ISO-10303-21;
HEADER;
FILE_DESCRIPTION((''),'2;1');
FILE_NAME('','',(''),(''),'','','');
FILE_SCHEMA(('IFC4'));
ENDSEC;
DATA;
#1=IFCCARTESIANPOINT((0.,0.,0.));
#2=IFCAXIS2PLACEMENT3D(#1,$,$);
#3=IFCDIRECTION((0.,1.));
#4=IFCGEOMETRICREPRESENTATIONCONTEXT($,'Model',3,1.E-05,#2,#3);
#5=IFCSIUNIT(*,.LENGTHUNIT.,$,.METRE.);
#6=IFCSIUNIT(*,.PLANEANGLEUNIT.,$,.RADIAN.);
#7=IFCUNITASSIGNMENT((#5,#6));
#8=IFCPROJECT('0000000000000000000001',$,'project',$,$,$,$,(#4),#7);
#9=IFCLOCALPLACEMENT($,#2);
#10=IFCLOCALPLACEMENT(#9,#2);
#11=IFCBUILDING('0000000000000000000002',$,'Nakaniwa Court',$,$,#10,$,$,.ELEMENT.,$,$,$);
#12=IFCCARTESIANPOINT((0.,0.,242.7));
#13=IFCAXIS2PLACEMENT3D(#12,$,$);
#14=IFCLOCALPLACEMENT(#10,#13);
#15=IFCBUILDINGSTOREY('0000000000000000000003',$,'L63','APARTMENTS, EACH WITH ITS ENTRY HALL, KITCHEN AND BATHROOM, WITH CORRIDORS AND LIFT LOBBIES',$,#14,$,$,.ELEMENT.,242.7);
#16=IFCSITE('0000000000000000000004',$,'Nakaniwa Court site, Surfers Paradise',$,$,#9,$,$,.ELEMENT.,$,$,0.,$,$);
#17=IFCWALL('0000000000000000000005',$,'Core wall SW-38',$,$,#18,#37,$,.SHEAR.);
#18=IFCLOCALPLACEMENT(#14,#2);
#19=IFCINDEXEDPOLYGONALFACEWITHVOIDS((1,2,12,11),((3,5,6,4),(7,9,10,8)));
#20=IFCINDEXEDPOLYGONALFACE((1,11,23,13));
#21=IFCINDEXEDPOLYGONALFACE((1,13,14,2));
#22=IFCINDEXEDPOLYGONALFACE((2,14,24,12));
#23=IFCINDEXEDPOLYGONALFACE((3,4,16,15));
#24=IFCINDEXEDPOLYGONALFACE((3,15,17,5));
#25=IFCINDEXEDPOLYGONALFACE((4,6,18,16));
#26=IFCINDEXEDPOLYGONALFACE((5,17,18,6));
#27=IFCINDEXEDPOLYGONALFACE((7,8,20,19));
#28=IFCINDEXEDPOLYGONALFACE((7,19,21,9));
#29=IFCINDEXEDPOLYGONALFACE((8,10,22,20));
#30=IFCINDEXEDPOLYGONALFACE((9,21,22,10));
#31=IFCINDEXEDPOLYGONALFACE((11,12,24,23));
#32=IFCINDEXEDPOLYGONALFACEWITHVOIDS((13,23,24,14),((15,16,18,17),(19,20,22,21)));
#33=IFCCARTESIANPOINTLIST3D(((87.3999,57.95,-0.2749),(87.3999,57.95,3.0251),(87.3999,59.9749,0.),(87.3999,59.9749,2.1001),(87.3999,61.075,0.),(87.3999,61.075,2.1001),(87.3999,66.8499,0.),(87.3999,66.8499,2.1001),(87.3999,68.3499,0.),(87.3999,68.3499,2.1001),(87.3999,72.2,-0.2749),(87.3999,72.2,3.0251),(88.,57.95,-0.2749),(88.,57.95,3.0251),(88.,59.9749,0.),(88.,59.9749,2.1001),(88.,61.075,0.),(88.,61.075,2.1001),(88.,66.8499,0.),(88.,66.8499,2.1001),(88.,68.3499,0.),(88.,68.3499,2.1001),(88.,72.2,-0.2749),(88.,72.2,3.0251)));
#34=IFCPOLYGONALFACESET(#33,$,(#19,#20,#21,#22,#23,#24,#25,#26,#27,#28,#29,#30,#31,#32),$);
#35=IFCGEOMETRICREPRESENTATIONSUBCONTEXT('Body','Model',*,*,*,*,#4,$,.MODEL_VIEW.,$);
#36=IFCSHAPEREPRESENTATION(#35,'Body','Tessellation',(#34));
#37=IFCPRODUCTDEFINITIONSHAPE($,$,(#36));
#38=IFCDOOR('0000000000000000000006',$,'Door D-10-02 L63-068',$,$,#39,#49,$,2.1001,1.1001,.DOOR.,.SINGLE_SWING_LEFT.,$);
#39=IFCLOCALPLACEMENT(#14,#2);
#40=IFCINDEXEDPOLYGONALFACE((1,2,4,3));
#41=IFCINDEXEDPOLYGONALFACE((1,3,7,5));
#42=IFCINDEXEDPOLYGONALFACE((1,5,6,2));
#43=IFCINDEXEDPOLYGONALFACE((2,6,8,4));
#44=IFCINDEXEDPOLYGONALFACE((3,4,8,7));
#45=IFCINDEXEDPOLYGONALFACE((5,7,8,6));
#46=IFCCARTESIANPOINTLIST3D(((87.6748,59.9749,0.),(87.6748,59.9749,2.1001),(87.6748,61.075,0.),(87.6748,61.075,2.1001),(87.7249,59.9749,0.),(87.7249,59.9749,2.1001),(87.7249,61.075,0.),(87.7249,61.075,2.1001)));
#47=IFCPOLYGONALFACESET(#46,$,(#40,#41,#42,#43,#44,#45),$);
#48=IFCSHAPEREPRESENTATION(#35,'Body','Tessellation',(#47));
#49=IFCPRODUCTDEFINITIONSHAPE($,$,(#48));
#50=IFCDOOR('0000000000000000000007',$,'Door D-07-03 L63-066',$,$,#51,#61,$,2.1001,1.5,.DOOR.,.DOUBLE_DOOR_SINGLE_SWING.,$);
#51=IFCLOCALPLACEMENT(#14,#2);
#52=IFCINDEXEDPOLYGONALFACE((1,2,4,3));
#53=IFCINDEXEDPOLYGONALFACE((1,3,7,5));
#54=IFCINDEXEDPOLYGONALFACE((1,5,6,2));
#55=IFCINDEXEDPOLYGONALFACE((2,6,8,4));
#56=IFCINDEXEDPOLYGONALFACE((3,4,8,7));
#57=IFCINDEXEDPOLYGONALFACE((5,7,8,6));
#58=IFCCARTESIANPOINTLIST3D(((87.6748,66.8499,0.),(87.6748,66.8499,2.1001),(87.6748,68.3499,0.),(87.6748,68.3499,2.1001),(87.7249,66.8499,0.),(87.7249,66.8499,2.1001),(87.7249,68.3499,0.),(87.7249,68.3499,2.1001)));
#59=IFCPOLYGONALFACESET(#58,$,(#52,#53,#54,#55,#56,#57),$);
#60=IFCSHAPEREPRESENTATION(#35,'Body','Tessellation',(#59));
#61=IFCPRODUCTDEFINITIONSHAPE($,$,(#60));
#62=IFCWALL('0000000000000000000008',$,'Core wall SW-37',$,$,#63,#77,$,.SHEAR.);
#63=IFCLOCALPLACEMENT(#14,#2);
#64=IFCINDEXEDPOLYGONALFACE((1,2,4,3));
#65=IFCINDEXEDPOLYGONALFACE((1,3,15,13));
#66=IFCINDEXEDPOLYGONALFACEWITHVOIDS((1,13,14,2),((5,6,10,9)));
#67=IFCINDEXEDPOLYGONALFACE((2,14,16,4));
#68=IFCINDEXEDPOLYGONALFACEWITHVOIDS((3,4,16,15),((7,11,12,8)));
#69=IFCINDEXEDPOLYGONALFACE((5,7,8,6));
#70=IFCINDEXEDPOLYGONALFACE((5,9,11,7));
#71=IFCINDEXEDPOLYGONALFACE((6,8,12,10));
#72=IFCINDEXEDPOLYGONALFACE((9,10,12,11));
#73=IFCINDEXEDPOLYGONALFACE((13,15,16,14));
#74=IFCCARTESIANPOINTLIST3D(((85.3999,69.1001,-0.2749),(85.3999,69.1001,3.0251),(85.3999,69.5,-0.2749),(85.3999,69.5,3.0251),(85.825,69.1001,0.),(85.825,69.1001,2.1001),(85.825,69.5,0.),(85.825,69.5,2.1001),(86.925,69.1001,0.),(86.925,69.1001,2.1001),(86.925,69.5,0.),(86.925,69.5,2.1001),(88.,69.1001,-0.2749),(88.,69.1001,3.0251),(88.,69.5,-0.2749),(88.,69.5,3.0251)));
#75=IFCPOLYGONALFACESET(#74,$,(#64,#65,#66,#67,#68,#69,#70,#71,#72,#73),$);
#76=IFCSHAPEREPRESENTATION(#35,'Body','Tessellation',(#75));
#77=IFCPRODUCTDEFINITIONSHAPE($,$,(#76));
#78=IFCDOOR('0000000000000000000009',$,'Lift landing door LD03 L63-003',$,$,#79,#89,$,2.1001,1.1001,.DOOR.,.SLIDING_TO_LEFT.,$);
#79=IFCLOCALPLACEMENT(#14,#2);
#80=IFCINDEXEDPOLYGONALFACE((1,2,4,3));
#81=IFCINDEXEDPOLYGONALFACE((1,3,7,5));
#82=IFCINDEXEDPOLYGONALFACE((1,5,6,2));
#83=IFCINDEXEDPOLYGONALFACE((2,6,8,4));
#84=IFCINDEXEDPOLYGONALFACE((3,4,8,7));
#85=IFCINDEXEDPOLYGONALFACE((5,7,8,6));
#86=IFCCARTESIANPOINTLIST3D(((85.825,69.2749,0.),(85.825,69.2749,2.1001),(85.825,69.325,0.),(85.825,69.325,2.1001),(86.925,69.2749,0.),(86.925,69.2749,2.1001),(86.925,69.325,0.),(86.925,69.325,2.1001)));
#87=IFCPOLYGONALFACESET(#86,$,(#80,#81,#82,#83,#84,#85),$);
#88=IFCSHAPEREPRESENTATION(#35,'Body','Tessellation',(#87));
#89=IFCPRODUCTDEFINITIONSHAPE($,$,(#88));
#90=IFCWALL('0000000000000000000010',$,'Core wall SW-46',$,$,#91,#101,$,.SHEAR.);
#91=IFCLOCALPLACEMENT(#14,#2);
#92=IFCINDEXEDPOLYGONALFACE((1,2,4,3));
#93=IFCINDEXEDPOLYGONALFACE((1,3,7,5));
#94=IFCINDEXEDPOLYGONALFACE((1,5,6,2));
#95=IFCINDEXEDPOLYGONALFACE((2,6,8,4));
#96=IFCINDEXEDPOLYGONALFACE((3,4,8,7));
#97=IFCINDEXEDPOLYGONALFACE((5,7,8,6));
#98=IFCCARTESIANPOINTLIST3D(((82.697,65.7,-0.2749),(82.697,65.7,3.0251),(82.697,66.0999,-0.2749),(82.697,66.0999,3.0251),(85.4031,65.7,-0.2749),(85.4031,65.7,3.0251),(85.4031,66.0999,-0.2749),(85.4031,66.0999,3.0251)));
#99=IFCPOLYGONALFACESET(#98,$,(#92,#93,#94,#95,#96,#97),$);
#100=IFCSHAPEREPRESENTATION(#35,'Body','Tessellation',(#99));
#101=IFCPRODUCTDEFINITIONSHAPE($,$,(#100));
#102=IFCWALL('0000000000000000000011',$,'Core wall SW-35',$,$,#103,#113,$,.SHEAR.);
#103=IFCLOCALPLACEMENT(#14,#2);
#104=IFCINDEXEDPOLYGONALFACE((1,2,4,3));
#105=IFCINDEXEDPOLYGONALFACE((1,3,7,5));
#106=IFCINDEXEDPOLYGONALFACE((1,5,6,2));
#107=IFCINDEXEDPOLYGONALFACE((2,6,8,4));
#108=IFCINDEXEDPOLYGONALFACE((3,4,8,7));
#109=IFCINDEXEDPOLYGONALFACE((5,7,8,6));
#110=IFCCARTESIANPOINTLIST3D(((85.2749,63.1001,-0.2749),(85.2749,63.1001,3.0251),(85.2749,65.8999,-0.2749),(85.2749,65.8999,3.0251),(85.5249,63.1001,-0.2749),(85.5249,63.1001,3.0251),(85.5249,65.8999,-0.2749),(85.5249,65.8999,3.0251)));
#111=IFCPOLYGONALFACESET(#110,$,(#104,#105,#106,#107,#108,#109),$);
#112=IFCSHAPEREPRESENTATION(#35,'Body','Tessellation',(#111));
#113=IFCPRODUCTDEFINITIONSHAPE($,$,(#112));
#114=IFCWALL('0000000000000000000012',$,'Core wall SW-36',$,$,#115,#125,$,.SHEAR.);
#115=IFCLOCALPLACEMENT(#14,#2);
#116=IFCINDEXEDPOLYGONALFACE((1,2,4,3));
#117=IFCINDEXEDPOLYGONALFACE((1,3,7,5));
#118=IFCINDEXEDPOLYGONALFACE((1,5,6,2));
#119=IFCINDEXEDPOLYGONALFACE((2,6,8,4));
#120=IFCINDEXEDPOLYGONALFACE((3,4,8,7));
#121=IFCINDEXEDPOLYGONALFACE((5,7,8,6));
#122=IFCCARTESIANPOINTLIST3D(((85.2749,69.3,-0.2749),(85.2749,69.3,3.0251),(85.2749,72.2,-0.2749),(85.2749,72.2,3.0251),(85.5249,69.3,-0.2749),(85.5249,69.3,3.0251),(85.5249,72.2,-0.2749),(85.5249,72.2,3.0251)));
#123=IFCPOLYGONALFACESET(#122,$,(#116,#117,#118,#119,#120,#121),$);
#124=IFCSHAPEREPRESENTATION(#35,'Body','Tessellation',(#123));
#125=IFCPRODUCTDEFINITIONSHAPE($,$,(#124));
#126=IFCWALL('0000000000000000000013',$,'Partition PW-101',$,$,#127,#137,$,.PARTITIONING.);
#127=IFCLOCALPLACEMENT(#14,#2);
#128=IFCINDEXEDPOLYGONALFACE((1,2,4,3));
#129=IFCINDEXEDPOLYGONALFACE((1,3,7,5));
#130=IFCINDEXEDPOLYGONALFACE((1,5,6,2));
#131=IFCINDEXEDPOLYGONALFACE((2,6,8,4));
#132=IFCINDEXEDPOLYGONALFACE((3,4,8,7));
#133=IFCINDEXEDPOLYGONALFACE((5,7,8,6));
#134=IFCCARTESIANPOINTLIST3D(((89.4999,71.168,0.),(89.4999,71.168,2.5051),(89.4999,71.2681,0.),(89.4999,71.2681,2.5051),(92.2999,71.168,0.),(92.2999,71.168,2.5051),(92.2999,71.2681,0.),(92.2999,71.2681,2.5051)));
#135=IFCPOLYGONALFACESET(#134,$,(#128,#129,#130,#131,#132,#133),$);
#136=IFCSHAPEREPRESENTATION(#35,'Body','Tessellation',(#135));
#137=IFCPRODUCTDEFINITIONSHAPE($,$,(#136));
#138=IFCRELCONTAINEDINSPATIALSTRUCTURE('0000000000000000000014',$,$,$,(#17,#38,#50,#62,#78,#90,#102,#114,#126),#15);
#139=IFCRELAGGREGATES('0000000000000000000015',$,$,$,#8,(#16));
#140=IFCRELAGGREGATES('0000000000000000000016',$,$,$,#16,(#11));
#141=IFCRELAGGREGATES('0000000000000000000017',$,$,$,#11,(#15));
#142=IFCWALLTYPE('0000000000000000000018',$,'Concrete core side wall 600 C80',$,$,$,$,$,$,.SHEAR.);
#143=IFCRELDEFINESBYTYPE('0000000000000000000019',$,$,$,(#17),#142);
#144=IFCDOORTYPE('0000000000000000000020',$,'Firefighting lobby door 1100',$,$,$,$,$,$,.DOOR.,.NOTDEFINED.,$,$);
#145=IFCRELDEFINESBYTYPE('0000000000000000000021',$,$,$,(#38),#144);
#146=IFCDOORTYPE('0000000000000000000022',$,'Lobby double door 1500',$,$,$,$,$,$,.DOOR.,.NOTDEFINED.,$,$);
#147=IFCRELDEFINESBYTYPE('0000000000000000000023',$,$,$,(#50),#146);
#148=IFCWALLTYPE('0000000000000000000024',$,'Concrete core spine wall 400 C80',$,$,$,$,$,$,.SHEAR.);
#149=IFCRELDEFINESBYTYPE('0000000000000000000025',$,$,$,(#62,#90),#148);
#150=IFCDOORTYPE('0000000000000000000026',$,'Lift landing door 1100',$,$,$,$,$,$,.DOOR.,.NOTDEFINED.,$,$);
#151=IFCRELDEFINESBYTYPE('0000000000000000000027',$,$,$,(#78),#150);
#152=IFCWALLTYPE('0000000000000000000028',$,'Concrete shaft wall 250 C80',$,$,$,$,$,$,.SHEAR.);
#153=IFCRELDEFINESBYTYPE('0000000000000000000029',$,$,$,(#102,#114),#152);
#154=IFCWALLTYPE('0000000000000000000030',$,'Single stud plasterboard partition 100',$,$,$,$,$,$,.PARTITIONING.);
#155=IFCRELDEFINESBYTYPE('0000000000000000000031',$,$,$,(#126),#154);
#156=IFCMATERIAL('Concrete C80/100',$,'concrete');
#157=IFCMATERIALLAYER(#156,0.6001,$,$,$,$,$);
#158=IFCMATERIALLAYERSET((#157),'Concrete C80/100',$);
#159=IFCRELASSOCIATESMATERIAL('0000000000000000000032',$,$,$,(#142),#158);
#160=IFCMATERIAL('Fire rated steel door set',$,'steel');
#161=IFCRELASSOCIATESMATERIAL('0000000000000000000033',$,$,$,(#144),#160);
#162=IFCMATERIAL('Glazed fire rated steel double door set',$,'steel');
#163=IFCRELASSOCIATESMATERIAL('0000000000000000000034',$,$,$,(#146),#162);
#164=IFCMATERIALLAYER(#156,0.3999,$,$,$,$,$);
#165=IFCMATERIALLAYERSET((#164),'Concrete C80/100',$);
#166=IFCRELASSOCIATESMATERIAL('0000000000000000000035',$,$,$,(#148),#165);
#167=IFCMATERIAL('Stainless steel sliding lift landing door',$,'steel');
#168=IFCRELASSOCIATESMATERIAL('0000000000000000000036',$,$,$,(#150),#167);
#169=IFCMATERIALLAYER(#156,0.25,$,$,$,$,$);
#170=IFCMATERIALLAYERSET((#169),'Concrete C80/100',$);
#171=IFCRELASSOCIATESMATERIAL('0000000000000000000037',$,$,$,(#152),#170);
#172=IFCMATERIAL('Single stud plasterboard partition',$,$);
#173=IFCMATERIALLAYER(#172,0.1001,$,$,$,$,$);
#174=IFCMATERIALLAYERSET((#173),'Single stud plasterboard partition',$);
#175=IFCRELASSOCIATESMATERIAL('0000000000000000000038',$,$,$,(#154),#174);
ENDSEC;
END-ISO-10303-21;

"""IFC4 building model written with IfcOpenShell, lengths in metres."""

from ifc_helpers import new_model, si_unit, direction, frame, frame_2d, origin, place, context, subcontext, project, spatial, rectangle, extrude, material, layer, layer_set, type_object, element, fill, save


model = new_model("IFC4")

# Units and contexts
model_context = context("Model", 3, precision=1e-05, world=origin(), true_north=direction((0.0, 1.0)))
body_context = subcontext(model_context, "Body", "Model", "MODEL_VIEW")
ifc_project = project(units=[si_unit("LENGTHUNIT", "METRE"), si_unit("PLANEANGLEUNIT", "RADIAN")], contexts=[model_context])

# Site, building, storey
site_placement = place(None, origin())
site = spatial("IfcSite", under=ifc_project, at=site_placement, Name="Nakaniwa Court site, Surfers Paradise", CompositionType="ELEMENT", RefElevation=0.0)
building_placement = place(site_placement, origin())
building = spatial("IfcBuilding", under=site, at=building_placement, Name="Nakaniwa Court", CompositionType="ELEMENT")
storey_placement = place(building_placement, frame((0.0, 0.0, 242.7)))
storey = spatial("IfcBuildingStorey", under=building, at=storey_placement, Name="L63", Description="APARTMENTS, EACH WITH ITS ENTRY HALL, KITCHEN AND BATHROOM, WITH CORRIDORS AND LIFT LOBBIES", CompositionType="ELEMENT", Elevation=242.7)

# Shared definitions
ifc_material_1 = material(Name="Concrete C80/100", Category="concrete")

# Shared definitions
ifc_material_2 = material(Name="Fire rated steel door set", Category="steel")

# Wall, openings, doors
ifc_layer_1 = layer(ifc_material_1, 0.6001)
ifc_layer_set_1 = layer_set([ifc_layer_1], Name="Concrete C80/100")
wall_type_1 = type_object("IfcWallType", Name="Concrete core side wall 600 C80", PredefinedType="SHEAR", material=ifc_layer_set_1)
wall_1_placement = place(storey_placement, frame((87.7, 72.2, -0.2749), z_axis=(0.0, 0.0, 1.0), x_axis=(0.0, -1.0, 0.0)))
wall_1 = element("IfcWall", 1, at=wall_1_placement, inside=storey, type_object=wall_type_1, Name="Core wall SW-38", PredefinedType="SHEAR", context=body_context, shape_type="SweptSolid", body=[
    extrude(rectangle(XDim=14.25, YDim=0.6001, at=frame_2d((7.125, 0.0))), origin(), (0.0, 0.0, 1.0), 3.3),
])
opening_1_placement = place(wall_1_placement, frame((3.8501, 0.0, 0.2749)))
opening_1 = element("IfcOpeningElement", 2, at=opening_1_placement, cuts=wall_1, PredefinedType="OPENING", context=body_context, shape_type="SweptSolid", body=[
    extrude(rectangle(XDim=1.5, YDim=2.1001, at=frame_2d((0.75, 1.05))), frame((0.0, 0.3101, 0.0), z_axis=(0.0, -1.0, 0.0), x_axis=(1.0, 0.0, 0.0)), (0.0, 0.0, 1.0), 0.6201),
])
opening_2_placement = place(wall_1_placement, frame((11.125, 0.0, 0.2749)))
opening_2 = element("IfcOpeningElement", 3, at=opening_2_placement, cuts=wall_1, PredefinedType="OPENING", context=body_context, shape_type="SweptSolid", body=[
    extrude(rectangle(XDim=1.1001, YDim=2.1001, at=frame_2d((0.55, 1.05))), frame((0.0, 0.3101, 0.0), z_axis=(0.0, -1.0, 0.0), x_axis=(1.0, 0.0, 0.0)), (0.0, 0.0, 1.0), 0.6201),
])
door_type_1 = type_object("IfcDoorType", Name="Firefighting lobby door 1100", OperationType="NOTDEFINED", PredefinedType="DOOR", material=ifc_material_2)
door_1_placement = place(opening_2_placement, origin())
door_1 = element("IfcDoor", 4, at=door_1_placement, inside=storey, type_object=door_type_1, Name="Door D-10-02 L63-068", OperationType="SINGLE_SWING_LEFT", OverallHeight=2.1001, OverallWidth=1.1001, PredefinedType="DOOR", context=body_context, shape_type="SweptSolid", body=[
    extrude(rectangle(XDim=1.1001, YDim=2.1001, at=frame_2d((0.55, 1.05))), frame((0.0, 0.0249, 0.0), z_axis=(0.0, -1.0, 0.0), x_axis=(1.0, 0.0, 0.0)), (0.0, 0.0, 1.0), 0.05),
])
fill(opening_2, door_1)
ifc_material_3 = material(Name="Glazed fire rated steel double door set", Category="steel")
door_type_2 = type_object("IfcDoorType", Name="Lobby double door 1500", OperationType="NOTDEFINED", PredefinedType="DOOR", material=ifc_material_3)
door_2_placement = place(opening_1_placement, origin())
door_2 = element("IfcDoor", 5, at=door_2_placement, inside=storey, type_object=door_type_2, Name="Door D-07-03 L63-066", OperationType="DOUBLE_DOOR_SINGLE_SWING", OverallHeight=2.1001, OverallWidth=1.5, PredefinedType="DOOR", context=body_context, shape_type="SweptSolid", body=[
    extrude(rectangle(XDim=1.5, YDim=2.1001, at=frame_2d((0.75, 1.05))), frame((0.0, 0.0249, 0.0), z_axis=(0.0, -1.0, 0.0), x_axis=(1.0, 0.0, 0.0)), (0.0, 0.0, 1.0), 0.05),
])
fill(opening_1, door_2)

# Wall, opening, door
ifc_layer_2 = layer(ifc_material_1, 0.3999)
ifc_layer_set_2 = layer_set([ifc_layer_2], Name="Concrete C80/100")
wall_type_2 = type_object("IfcWallType", Name="Concrete core spine wall 400 C80", PredefinedType="SHEAR", material=ifc_layer_set_2)
wall_2_placement = place(storey_placement, frame((85.3999, 69.3, -0.2749), z_axis=(0.0, 0.0, 1.0), x_axis=(1.0, 0.0, 0.0)))
wall_2 = element("IfcWall", 6, at=wall_2_placement, inside=storey, type_object=wall_type_2, Name="Core wall SW-37", PredefinedType="SHEAR", context=body_context, shape_type="SweptSolid", body=[
    extrude(rectangle(XDim=2.6001, YDim=0.3999, at=frame_2d((1.3, 0.0))), origin(), (0.0, 0.0, 1.0), 3.3),
])
opening_3_placement = place(wall_2_placement, frame((0.425, 0.0, 0.2749)))
opening_3 = element("IfcOpeningElement", 7, at=opening_3_placement, cuts=wall_2, PredefinedType="OPENING", context=body_context, shape_type="SweptSolid", body=[
    extrude(rectangle(XDim=1.1001, YDim=2.1001, at=frame_2d((0.55, 1.05))), frame((0.0, 0.21, 0.0), z_axis=(0.0, -1.0, 0.0), x_axis=(1.0, 0.0, 0.0)), (0.0, 0.0, 1.0), 0.4199),
])
ifc_material_4 = material(Name="Stainless steel sliding lift landing door", Category="steel")
door_type_3 = type_object("IfcDoorType", Name="Lift landing door 1100", OperationType="NOTDEFINED", PredefinedType="DOOR", material=ifc_material_4)
door_3_placement = place(opening_3_placement, origin())
door_3 = element("IfcDoor", 8, at=door_3_placement, inside=storey, type_object=door_type_3, Name="Lift landing door LD03 L63-003", OperationType="SLIDING_TO_LEFT", OverallHeight=2.1001, OverallWidth=1.1001, PredefinedType="DOOR", context=body_context, shape_type="SweptSolid", body=[
    extrude(rectangle(XDim=1.1001, YDim=2.1001, at=frame_2d((0.55, 1.05))), frame((0.0, 0.0249, 0.0), z_axis=(0.0, -1.0, 0.0), x_axis=(1.0, 0.0, 0.0)), (0.0, 0.0, 1.0), 0.05),
])
fill(opening_3, door_3)

# Walls
wall_3_placement = place(storey_placement, frame((82.697, 65.8999, -0.2749), z_axis=(0.0, 0.0, 1.0), x_axis=(1.0, 0.0, 0.0)))
element("IfcWall", 9, at=wall_3_placement, inside=storey, type_object=wall_type_2, Name="Core wall SW-46", PredefinedType="SHEAR", context=body_context, shape_type="SweptSolid", body=[
    extrude(rectangle(XDim=2.7061, YDim=0.3999, at=frame_2d((1.353, 0.0))), origin(), (0.0, 0.0, 1.0), 3.3),
])
ifc_layer_3 = layer(ifc_material_1, 0.25)
ifc_layer_set_3 = layer_set([ifc_layer_3], Name="Concrete C80/100")
wall_type_3 = type_object("IfcWallType", Name="Concrete shaft wall 250 C80", PredefinedType="SHEAR", material=ifc_layer_set_3)
wall_4_placement = place(storey_placement, frame((85.3999, 63.1001, -0.2749), z_axis=(0.0, 0.0, 1.0), x_axis=(0.0, 1.0, 0.0)))
element("IfcWall", 10, at=wall_4_placement, inside=storey, type_object=wall_type_3, Name="Core wall SW-35", PredefinedType="SHEAR", context=body_context, shape_type="SweptSolid", body=[
    extrude(rectangle(XDim=2.7998, YDim=0.25, at=frame_2d((1.3999, 0.0))), origin(), (0.0, 0.0, 1.0), 3.3),
])
wall_5_placement = place(storey_placement, frame((85.3999, 69.3, -0.2749), z_axis=(0.0, 0.0, 1.0), x_axis=(0.0, 1.0, 0.0)))
element("IfcWall", 11, at=wall_5_placement, inside=storey, type_object=wall_type_3, Name="Core wall SW-36", PredefinedType="SHEAR", context=body_context, shape_type="SweptSolid", body=[
    extrude(rectangle(XDim=2.8999, YDim=0.25, at=frame_2d((1.45, 0.0))), origin(), (0.0, 0.0, 1.0), 3.3),
])
ifc_material_5 = material(Name="Single stud plasterboard partition")
ifc_layer_4 = layer(ifc_material_5, 0.1001)
ifc_layer_set_4 = layer_set([ifc_layer_4], Name="Single stud plasterboard partition")
wall_type_4 = type_object("IfcWallType", Name="Single stud plasterboard partition 100", PredefinedType="PARTITIONING", material=ifc_layer_set_4)
wall_6_placement = place(storey_placement, frame((89.5, 71.218, 0.0), z_axis=(0.0, 0.0, 1.0), x_axis=(1.0, 0.0, 0.0)))
element("IfcWall", 12, at=wall_6_placement, inside=storey, type_object=wall_type_4, Name="Partition PW-101", PredefinedType="PARTITIONING", context=body_context, shape_type="SweptSolid", body=[
    extrude(rectangle(XDim=2.8, YDim=0.1001, at=frame_2d((1.3999, 0.0))), origin(), (0.0, 0.0, 1.0), 2.5051),
])

save(model, "model.ifc")
